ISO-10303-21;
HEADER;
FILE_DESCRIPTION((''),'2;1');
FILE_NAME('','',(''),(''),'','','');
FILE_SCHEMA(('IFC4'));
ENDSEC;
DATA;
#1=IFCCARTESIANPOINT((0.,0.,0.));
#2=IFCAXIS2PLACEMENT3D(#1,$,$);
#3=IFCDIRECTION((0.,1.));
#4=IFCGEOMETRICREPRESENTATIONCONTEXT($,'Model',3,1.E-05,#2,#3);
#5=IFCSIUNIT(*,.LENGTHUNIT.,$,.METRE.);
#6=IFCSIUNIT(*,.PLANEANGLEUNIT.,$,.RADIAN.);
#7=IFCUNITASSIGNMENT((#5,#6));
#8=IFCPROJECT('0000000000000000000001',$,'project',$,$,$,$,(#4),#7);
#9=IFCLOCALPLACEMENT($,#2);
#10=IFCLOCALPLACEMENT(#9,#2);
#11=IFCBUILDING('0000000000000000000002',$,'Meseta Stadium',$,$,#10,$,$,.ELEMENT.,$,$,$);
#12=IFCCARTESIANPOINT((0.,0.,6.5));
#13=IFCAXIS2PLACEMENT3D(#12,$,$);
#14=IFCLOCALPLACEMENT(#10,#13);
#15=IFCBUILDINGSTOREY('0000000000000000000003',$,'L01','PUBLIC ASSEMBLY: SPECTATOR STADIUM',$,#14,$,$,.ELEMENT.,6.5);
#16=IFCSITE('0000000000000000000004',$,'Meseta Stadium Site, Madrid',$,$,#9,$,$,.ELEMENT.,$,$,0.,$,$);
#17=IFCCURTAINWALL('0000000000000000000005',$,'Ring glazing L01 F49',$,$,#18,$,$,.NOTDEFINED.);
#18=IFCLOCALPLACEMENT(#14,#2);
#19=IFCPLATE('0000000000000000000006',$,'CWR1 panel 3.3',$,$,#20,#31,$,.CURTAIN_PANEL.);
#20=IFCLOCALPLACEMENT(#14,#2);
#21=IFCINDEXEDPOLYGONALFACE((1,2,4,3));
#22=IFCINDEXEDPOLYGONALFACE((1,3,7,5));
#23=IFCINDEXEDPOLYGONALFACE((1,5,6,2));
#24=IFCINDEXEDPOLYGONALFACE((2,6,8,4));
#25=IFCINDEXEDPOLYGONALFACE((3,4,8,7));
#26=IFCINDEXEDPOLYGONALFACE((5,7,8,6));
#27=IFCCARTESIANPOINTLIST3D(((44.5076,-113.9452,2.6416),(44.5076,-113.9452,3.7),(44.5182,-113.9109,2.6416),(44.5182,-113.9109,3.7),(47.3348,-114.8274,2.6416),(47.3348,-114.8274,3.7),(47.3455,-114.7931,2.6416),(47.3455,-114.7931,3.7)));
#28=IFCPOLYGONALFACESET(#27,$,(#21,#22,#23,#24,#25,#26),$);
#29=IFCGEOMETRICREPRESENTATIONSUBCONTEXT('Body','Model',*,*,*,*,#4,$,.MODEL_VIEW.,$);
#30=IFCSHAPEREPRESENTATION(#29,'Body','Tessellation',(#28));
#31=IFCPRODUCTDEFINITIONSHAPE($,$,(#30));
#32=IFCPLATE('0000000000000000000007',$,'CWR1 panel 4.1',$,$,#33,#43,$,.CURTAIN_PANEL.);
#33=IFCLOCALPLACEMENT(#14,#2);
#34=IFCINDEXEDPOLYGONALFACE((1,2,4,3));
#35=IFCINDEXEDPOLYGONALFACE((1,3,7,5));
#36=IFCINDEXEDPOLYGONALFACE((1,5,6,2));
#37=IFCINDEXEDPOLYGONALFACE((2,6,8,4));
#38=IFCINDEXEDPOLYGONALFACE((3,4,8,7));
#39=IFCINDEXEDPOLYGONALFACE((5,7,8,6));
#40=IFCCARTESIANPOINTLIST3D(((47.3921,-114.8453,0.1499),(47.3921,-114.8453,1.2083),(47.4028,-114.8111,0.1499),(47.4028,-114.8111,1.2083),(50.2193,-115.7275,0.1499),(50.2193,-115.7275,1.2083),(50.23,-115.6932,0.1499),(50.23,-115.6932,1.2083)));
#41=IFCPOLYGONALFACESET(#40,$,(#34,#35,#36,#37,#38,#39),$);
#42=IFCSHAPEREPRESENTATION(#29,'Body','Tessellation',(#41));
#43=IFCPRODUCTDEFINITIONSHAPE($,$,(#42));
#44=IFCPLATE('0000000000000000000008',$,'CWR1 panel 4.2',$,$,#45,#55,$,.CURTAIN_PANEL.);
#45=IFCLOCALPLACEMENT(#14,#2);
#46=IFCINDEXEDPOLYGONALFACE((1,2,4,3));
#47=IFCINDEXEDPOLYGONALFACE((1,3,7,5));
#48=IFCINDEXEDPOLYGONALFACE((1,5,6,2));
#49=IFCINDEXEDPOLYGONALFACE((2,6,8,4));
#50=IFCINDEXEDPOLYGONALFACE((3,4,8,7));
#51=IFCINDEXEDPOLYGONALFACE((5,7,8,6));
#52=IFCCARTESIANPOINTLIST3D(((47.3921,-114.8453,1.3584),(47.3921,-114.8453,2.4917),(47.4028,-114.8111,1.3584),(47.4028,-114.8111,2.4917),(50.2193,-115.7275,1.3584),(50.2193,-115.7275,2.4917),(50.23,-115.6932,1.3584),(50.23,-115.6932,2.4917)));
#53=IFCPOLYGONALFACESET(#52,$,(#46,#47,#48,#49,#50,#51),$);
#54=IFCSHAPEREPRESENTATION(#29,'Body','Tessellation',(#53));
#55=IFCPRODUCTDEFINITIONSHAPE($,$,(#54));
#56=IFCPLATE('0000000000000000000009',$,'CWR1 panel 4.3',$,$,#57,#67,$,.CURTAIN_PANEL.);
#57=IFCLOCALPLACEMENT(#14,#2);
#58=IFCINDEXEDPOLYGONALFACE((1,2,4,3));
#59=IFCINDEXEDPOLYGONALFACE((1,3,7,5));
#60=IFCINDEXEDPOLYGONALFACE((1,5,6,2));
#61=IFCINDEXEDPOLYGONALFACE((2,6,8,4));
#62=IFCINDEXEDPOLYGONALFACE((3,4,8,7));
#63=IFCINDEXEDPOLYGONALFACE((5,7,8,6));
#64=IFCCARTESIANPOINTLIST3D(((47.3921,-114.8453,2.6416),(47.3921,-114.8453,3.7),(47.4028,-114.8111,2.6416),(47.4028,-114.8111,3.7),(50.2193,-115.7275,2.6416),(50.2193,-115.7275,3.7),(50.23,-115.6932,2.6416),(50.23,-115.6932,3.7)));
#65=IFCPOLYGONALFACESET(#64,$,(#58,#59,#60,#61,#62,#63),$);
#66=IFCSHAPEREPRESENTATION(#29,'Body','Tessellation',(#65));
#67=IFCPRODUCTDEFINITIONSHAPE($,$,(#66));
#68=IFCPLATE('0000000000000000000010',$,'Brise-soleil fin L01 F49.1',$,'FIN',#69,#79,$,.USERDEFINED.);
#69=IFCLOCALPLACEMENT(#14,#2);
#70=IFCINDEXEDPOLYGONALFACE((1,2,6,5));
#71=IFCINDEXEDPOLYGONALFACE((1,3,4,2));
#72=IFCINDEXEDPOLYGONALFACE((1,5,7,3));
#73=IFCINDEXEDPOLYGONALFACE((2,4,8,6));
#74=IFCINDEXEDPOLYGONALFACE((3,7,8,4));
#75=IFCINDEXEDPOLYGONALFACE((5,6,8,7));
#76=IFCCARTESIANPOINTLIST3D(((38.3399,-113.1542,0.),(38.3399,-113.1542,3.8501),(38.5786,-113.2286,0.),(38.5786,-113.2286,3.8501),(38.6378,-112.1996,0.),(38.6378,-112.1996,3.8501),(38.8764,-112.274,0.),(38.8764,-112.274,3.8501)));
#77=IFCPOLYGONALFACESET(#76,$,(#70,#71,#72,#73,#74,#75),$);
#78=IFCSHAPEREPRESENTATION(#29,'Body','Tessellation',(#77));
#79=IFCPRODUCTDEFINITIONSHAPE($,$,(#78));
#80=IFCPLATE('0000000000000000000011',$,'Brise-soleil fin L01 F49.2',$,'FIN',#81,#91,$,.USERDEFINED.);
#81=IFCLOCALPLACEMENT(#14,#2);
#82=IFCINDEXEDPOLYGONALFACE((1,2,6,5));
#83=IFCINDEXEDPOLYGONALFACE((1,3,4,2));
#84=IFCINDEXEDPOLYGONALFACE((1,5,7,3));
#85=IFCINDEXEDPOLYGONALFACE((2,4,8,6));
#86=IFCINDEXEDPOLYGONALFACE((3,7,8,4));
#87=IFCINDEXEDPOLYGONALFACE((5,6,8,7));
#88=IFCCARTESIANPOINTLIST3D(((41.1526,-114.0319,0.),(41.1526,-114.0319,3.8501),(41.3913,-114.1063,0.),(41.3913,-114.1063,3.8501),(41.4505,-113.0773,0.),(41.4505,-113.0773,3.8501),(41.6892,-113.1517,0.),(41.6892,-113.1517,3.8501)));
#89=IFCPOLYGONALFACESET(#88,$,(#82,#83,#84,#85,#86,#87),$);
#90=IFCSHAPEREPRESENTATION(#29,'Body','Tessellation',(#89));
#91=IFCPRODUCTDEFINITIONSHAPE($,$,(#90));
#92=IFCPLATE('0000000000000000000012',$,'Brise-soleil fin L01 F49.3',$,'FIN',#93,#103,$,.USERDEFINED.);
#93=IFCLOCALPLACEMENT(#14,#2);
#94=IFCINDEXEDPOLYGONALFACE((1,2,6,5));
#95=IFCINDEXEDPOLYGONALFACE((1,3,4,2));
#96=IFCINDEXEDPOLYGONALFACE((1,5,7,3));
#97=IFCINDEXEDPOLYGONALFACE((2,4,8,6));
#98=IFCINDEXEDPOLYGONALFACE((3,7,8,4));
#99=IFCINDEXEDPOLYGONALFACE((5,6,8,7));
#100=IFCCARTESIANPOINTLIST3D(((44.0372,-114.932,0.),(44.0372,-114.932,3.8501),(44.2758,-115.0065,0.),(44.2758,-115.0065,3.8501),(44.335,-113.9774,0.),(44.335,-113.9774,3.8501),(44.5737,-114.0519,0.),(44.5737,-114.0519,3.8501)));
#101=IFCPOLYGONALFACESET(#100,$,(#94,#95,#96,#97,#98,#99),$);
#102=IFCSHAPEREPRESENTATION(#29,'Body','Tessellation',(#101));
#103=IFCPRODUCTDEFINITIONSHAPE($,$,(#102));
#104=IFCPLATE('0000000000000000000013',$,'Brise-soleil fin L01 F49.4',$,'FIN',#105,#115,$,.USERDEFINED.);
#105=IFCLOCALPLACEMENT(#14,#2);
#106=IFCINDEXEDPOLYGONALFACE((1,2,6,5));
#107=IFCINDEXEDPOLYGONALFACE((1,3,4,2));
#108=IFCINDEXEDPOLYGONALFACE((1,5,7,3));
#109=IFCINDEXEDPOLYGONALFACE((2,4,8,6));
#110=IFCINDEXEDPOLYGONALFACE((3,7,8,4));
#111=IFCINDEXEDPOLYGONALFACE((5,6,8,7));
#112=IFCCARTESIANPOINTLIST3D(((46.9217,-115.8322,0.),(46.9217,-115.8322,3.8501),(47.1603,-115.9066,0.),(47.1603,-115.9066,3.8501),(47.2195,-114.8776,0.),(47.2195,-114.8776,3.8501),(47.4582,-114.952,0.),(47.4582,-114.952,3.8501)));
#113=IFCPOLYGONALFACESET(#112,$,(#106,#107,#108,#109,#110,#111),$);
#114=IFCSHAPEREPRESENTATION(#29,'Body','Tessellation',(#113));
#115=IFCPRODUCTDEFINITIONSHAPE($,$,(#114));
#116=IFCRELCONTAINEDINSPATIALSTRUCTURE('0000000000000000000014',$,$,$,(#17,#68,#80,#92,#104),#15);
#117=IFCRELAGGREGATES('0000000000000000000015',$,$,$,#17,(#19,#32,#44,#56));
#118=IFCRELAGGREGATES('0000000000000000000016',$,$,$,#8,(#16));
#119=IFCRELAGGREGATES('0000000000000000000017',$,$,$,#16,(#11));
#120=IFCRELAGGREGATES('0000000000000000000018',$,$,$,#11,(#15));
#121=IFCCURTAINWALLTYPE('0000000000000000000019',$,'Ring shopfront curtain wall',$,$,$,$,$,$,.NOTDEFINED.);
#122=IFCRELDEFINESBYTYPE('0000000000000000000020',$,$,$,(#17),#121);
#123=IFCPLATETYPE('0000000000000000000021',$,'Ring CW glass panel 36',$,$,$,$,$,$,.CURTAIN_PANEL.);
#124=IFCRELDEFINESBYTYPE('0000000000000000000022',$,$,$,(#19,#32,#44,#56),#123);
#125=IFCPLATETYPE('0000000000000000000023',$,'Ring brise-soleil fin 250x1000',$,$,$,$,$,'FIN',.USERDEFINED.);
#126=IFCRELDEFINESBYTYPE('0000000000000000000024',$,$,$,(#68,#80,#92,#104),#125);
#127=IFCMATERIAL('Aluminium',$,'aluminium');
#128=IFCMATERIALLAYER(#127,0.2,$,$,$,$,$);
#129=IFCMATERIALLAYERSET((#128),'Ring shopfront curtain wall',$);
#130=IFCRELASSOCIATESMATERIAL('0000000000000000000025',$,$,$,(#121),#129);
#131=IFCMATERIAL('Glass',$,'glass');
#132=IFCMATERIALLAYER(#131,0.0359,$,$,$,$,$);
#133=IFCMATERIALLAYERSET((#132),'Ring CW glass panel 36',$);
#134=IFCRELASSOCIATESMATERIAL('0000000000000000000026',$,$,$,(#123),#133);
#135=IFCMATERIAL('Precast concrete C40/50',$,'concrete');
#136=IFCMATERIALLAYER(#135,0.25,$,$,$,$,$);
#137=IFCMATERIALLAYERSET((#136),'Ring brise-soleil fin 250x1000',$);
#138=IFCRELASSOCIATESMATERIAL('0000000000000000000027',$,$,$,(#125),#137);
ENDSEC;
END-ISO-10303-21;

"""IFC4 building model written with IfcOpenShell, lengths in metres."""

from ifc_helpers import new_model, si_unit, direction, frame, origin, origin_2d, place, context, subcontext, project, spatial, rectangle, extrude, material, layer, layer_set, type_object, element, aggregate, save


model = new_model("IFC4")

# Units and contexts
model_context = context("Model", 3, precision=1e-05, world=origin(), true_north=direction((0.0, 1.0)))
body_context = subcontext(model_context, "Body", "Model", "MODEL_VIEW")
ifc_project = project(units=[si_unit("LENGTHUNIT", "METRE"), si_unit("PLANEANGLEUNIT", "RADIAN")], contexts=[model_context])

# Site, building, storey
site_placement = place(None, origin())
site = spatial("IfcSite", under=ifc_project, at=site_placement, Name="Meseta Stadium Site, Madrid", CompositionType="ELEMENT", RefElevation=0.0)
building_placement = place(site_placement, origin())
building = spatial("IfcBuilding", under=site, at=building_placement, Name="Meseta Stadium", CompositionType="ELEMENT")
storey_placement = place(building_placement, frame((0.0, 0.0, 6.5)))
storey = spatial("IfcBuildingStorey", under=building, at=storey_placement, Name="L01", Description="PUBLIC ASSEMBLY: SPECTATOR STADIUM", CompositionType="ELEMENT", Elevation=6.5)

# Curtain wall, plates
ifc_material_1 = material(Name="Aluminium", Category="aluminium")
ifc_layer_1 = layer(ifc_material_1, 0.2)
ifc_layer_set_1 = layer_set([ifc_layer_1], Name="Ring shopfront curtain wall")
curtain_wall_type = type_object("IfcCurtainWallType", Name="Ring shopfront curtain wall", PredefinedType="NOTDEFINED", material=ifc_layer_set_1)
curtain_wall_placement = place(storey_placement, origin())
curtain_wall = element("IfcCurtainWall", 1, at=curtain_wall_placement, inside=storey, type_object=curtain_wall_type, Name="Ring glazing L01 F49", PredefinedType="NOTDEFINED")
ifc_material_2 = material(Name="Glass", Category="glass")
ifc_layer_2 = layer(ifc_material_2, 0.0359)
ifc_layer_set_2 = layer_set([ifc_layer_2], Name="Ring CW glass panel 36")
plate_type_1 = type_object("IfcPlateType", Name="Ring CW glass panel 36", PredefinedType="CURTAIN_PANEL", material=ifc_layer_set_2)
plate_1_placement = place(storey_placement, frame((45.9265, -114.3691, 2.6416), z_axis=(0.0, 0.0, 1.0), x_axis=(0.954609, -0.297861, 0.0)))
plate_1 = element("IfcPlate", 2, at=plate_1_placement, type_object=plate_type_1, Name="CWR1 panel 3.3", PredefinedType="CURTAIN_PANEL", context=body_context, shape_type="SweptSolid", body=[
    extrude(rectangle(XDim=2.9617, YDim=0.0359, at=origin_2d()), origin(), (0.0, 0.0, 1.0), 1.0583),
])
plate_2_placement = place(storey_placement, frame((48.811, -115.2693, 0.1499), z_axis=(0.0, 0.0, 1.0), x_axis=(0.954609, -0.297861, 0.0)))
plate_2 = element("IfcPlate", 3, at=plate_2_placement, type_object=plate_type_1, Name="CWR1 panel 4.1", PredefinedType="CURTAIN_PANEL", context=body_context, shape_type="SweptSolid", body=[
    extrude(rectangle(XDim=2.9617, YDim=0.0359, at=origin_2d()), origin(), (0.0, 0.0, 1.0), 1.0583),
])
plate_3_placement = place(storey_placement, frame((48.811, -115.2693, 1.3584), z_axis=(0.0, 0.0, 1.0), x_axis=(0.954609, -0.297861, 0.0)))
plate_3 = element("IfcPlate", 4, at=plate_3_placement, type_object=plate_type_1, Name="CWR1 panel 4.2", PredefinedType="CURTAIN_PANEL", context=body_context, shape_type="SweptSolid", body=[
    extrude(rectangle(XDim=2.9617, YDim=0.0359, at=origin_2d()), origin(), (0.0, 0.0, 1.0), 1.1333),
])
plate_4_placement = place(storey_placement, frame((48.811, -115.2693, 2.6416), z_axis=(0.0, 0.0, 1.0), x_axis=(0.954609, -0.297861, 0.0)))
plate_4 = element("IfcPlate", 5, at=plate_4_placement, type_object=plate_type_1, Name="CWR1 panel 4.3", PredefinedType="CURTAIN_PANEL", context=body_context, shape_type="SweptSolid", body=[
    extrude(rectangle(XDim=2.9617, YDim=0.0359, at=origin_2d()), origin(), (0.0, 0.0, 1.0), 1.0583),
])
aggregate(curtain_wall, [plate_1, plate_2, plate_3, plate_4])

# Plates
ifc_material_3 = material(Name="Precast concrete C40/50", Category="concrete")
ifc_layer_3 = layer(ifc_material_3, 0.25)
ifc_layer_set_3 = layer_set([ifc_layer_3], Name="Ring brise-soleil fin 250x1000")
plate_type_2 = type_object("IfcPlateType", Name="Ring brise-soleil fin 250x1000", ElementType="FIN", PredefinedType="USERDEFINED", material=ifc_layer_set_3)
for number, where, z_axis, x_axis, name in (
    (6, (38.6082, -112.7141, 0.0), (0.0, 0.0, 1.0), (0.954611, -0.297856, 0.0), "Brise-soleil fin L01 F49.1"),
    (7, (41.4209, -113.5918, 0.0), (0.0, 0.0, 1.0), (0.954611, -0.297856, 0.0), "Brise-soleil fin L01 F49.2"),
    (8, (44.3054, -114.4919, 0.0), (0.0, 0.0, 1.0), (0.954611, -0.297856, 0.0), "Brise-soleil fin L01 F49.3"),
    (9, (47.1899, -115.3921, 0.0), (0.0, 0.0, 1.0), (0.954611, -0.297856, 0.0), "Brise-soleil fin L01 F49.4"),
):
    element("IfcPlate", number, at=place(storey_placement, frame(where, z_axis=z_axis, x_axis=x_axis)), inside=storey, type_object=plate_type_2, Name=name, ObjectType="FIN", PredefinedType="USERDEFINED", context=body_context, shape_type="SweptSolid", body=[
        extrude(rectangle(XDim=0.25, YDim=1.0, at=origin_2d()), origin(), (0.0, 0.0, 1.0), 3.8501),
    ])

save(model, "model.ifc")
